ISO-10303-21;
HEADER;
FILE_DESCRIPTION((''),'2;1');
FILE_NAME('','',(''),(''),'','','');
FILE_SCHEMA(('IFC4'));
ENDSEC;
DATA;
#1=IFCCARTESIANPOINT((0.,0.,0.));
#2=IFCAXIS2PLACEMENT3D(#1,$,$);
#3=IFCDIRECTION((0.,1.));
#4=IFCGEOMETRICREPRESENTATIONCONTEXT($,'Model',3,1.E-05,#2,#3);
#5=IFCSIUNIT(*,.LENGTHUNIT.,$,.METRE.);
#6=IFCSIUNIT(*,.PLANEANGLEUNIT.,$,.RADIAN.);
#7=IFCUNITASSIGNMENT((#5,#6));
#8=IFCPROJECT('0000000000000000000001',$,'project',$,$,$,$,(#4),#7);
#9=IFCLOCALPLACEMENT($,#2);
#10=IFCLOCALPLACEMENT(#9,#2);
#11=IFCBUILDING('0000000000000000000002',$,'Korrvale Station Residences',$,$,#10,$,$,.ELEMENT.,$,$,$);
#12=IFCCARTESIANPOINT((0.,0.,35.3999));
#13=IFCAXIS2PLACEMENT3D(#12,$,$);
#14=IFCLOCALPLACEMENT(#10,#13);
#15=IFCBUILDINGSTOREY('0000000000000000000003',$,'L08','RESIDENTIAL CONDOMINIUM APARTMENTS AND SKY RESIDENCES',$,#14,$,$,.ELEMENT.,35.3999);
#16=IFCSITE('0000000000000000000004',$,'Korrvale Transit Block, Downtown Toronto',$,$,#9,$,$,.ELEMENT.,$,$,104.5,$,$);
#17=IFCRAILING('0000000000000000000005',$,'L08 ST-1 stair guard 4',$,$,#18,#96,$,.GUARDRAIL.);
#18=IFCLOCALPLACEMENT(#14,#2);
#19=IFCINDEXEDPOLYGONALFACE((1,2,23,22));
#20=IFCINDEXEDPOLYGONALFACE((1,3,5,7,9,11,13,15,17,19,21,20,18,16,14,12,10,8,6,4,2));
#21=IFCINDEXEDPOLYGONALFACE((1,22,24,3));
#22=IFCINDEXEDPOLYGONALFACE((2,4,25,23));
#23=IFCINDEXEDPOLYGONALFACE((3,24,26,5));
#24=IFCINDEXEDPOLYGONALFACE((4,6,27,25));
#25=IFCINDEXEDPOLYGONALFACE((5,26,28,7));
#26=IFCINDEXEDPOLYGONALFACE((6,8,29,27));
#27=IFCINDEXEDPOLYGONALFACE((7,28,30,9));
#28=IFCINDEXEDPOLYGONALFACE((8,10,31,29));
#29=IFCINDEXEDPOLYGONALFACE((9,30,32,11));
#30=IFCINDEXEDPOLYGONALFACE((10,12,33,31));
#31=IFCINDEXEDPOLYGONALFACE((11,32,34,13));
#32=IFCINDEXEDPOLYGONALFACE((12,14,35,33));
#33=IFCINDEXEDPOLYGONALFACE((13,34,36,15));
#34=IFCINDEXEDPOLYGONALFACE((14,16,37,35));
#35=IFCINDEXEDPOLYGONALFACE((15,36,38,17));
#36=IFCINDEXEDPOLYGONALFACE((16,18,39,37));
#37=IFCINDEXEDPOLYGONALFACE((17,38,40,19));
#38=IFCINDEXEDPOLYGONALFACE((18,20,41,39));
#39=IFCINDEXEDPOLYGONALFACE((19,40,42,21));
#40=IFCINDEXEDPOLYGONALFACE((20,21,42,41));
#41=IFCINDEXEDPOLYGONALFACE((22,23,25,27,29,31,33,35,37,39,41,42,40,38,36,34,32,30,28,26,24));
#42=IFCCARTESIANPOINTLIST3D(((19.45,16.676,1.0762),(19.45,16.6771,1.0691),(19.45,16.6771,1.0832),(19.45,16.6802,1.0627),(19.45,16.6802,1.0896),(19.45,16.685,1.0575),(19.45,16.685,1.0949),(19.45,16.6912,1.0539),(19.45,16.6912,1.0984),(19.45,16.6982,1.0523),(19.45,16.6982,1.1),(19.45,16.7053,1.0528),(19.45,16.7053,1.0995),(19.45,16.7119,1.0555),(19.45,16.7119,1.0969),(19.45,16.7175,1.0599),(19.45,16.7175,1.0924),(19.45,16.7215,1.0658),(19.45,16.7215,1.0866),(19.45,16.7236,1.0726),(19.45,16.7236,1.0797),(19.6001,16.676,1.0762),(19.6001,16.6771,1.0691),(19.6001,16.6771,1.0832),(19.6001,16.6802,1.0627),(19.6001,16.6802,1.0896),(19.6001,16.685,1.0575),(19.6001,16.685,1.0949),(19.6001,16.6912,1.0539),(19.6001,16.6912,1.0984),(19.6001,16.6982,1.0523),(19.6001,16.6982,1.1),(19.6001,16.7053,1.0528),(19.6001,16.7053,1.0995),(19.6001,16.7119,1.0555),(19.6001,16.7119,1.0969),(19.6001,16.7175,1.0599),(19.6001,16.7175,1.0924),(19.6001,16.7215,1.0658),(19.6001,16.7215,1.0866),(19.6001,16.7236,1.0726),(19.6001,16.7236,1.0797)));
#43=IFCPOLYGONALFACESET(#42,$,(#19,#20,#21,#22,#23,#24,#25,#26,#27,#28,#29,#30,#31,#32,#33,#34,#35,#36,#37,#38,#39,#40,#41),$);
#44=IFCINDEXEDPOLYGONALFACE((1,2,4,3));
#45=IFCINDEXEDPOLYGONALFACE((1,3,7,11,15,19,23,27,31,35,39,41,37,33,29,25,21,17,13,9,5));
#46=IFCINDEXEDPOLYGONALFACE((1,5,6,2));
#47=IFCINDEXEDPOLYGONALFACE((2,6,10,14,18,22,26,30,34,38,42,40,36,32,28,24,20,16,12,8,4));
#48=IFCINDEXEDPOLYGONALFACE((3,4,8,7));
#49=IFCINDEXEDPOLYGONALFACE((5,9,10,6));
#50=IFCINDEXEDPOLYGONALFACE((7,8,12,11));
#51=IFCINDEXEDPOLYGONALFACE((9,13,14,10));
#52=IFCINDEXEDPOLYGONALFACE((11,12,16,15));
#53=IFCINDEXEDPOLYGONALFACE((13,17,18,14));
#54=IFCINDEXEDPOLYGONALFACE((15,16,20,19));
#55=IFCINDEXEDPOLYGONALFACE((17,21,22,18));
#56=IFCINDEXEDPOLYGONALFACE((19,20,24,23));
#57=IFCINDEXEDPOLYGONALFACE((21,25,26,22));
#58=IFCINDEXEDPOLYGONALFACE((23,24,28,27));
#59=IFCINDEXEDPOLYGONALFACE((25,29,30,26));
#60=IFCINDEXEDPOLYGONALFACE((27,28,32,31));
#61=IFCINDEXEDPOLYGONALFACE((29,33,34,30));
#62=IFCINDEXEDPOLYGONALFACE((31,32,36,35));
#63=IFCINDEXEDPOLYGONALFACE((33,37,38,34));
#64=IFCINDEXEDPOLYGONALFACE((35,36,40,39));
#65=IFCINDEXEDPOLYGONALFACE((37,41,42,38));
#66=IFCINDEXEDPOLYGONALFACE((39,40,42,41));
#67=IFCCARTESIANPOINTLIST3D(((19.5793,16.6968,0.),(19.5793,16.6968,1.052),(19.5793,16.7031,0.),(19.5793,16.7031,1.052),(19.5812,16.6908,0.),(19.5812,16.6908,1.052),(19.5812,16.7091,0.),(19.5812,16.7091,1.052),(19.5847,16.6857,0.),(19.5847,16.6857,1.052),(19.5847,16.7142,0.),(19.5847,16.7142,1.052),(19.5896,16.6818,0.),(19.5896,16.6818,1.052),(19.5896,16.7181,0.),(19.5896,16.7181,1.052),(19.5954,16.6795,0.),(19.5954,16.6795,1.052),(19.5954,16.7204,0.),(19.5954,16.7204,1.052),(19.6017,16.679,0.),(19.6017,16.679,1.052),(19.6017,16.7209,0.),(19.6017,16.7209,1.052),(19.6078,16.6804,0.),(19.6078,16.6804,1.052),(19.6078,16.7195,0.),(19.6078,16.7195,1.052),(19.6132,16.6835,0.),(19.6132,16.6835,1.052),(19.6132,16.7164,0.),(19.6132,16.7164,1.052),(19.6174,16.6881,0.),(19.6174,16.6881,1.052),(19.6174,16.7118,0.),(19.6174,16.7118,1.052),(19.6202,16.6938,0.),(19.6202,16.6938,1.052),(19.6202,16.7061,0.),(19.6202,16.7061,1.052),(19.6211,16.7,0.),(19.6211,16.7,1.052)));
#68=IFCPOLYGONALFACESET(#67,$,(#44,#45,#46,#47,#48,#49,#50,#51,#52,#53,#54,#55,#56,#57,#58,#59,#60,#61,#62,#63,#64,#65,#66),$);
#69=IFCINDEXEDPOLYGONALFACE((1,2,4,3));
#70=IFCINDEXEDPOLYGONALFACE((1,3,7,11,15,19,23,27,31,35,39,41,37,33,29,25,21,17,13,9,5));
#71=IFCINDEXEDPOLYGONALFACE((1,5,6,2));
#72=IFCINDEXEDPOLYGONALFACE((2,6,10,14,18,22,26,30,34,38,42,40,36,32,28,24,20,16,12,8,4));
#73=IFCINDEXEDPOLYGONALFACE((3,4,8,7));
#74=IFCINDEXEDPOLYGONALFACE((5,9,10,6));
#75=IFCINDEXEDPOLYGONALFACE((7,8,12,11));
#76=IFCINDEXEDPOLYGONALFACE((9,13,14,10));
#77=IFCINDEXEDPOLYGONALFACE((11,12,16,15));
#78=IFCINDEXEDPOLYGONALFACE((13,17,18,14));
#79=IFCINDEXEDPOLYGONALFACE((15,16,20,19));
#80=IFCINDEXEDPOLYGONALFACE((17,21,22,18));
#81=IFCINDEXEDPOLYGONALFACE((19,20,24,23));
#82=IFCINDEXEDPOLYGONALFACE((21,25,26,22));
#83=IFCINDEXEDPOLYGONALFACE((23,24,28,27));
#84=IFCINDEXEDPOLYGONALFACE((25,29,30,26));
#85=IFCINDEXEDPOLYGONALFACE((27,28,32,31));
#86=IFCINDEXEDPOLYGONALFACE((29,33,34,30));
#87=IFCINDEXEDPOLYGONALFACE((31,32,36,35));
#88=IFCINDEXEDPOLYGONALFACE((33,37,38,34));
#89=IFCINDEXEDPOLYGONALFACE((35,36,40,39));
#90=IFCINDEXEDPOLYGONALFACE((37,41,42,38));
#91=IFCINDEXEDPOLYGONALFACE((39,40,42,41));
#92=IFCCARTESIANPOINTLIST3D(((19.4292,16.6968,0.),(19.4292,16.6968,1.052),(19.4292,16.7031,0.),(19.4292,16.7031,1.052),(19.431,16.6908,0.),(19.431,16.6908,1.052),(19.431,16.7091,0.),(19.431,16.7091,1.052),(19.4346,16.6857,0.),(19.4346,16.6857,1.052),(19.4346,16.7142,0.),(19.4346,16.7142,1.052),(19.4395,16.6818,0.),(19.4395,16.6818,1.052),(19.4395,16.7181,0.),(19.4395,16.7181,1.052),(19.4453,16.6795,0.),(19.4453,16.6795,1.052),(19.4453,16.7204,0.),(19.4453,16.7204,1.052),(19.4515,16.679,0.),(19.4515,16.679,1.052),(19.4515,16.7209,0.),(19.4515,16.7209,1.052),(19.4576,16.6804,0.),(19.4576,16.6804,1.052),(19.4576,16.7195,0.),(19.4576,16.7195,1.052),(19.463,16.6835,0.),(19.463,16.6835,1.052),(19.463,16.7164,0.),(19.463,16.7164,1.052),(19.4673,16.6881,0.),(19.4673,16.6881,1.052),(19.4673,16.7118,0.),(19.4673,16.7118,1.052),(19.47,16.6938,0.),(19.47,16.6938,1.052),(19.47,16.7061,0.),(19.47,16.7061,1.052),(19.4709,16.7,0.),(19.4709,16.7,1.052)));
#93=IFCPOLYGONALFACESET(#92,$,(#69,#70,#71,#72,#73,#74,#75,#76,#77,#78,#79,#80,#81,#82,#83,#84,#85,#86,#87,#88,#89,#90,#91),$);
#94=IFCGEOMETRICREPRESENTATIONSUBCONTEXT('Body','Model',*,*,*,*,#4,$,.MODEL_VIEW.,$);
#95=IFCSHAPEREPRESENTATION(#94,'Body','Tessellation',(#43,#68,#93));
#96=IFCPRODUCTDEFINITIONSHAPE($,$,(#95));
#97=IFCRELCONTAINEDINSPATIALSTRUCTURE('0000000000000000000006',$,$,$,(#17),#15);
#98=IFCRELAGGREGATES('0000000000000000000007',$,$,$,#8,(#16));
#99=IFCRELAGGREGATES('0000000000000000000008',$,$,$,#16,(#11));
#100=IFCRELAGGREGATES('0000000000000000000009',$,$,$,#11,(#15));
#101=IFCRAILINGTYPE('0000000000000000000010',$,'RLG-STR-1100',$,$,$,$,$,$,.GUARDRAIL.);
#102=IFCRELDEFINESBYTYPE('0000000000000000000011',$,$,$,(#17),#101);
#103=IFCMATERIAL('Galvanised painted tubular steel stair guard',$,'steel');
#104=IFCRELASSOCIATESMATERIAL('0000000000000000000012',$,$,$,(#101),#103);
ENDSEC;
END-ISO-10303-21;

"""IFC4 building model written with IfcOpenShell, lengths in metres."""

from ifc_helpers import new_model, si_unit, direction, frame, origin, origin_2d, place, context, subcontext, project, spatial, circle, extrude, material, type_object, element, save


model = new_model("IFC4")

# Units and contexts
model_context = context("Model", 3, precision=1e-05, world=origin(), true_north=direction((0.0, 1.0)))
body_context = subcontext(model_context, "Body", "Model", "MODEL_VIEW")
ifc_project = project(units=[si_unit("LENGTHUNIT", "METRE"), si_unit("PLANEANGLEUNIT", "RADIAN")], contexts=[model_context])

# Site, building, storey
site_placement = place(None, origin())
site = spatial("IfcSite", under=ifc_project, at=site_placement, Name="Korrvale Transit Block, Downtown Toronto", CompositionType="ELEMENT", RefElevation=104.5)
building_placement = place(site_placement, origin())
building = spatial("IfcBuilding", under=site, at=building_placement, Name="Korrvale Station Residences", CompositionType="ELEMENT")
storey_placement = place(building_placement, frame((0.0, 0.0, 35.3999)))
storey = spatial("IfcBuildingStorey", under=building, at=storey_placement, Name="L08", Description="RESIDENTIAL CONDOMINIUM APARTMENTS AND SKY RESIDENCES", CompositionType="ELEMENT", Elevation=35.3999)

# Railing
ifc_material_1 = material(Name="Galvanised painted tubular steel stair guard", Category="steel")
railing_type_1 = type_object("IfcRailingType", Name="RLG-STR-1100", PredefinedType="GUARDRAIL", material=ifc_material_1)
railing_1_placement = place(storey_placement, frame((19.6001, 16.7, 0.0)))
element("IfcRailing", 1, at=railing_1_placement, inside=storey, type_object=railing_type_1, Name="L08 ST-1 stair guard 4", PredefinedType="GUARDRAIL", context=body_context, shape_type="SweptSolid", body=[
    extrude(circle(Radius=0.0239, at=origin_2d()), frame((0.0, 0.0, 1.0762), z_axis=(-1.0, 0.0, 0.0), x_axis=(0.0, -1.0, 0.0)), (0.0, 0.0, 1.0), 0.1501),
    extrude(circle(Radius=0.021, at=origin_2d()), origin(), (0.0, 0.0, 1.0), 1.052),
    extrude(circle(Radius=0.021, at=origin_2d()), frame((-0.1501, 0.0, 0.0)), (0.0, 0.0, 1.0), 1.052),
])

save(model, "model.ifc")
